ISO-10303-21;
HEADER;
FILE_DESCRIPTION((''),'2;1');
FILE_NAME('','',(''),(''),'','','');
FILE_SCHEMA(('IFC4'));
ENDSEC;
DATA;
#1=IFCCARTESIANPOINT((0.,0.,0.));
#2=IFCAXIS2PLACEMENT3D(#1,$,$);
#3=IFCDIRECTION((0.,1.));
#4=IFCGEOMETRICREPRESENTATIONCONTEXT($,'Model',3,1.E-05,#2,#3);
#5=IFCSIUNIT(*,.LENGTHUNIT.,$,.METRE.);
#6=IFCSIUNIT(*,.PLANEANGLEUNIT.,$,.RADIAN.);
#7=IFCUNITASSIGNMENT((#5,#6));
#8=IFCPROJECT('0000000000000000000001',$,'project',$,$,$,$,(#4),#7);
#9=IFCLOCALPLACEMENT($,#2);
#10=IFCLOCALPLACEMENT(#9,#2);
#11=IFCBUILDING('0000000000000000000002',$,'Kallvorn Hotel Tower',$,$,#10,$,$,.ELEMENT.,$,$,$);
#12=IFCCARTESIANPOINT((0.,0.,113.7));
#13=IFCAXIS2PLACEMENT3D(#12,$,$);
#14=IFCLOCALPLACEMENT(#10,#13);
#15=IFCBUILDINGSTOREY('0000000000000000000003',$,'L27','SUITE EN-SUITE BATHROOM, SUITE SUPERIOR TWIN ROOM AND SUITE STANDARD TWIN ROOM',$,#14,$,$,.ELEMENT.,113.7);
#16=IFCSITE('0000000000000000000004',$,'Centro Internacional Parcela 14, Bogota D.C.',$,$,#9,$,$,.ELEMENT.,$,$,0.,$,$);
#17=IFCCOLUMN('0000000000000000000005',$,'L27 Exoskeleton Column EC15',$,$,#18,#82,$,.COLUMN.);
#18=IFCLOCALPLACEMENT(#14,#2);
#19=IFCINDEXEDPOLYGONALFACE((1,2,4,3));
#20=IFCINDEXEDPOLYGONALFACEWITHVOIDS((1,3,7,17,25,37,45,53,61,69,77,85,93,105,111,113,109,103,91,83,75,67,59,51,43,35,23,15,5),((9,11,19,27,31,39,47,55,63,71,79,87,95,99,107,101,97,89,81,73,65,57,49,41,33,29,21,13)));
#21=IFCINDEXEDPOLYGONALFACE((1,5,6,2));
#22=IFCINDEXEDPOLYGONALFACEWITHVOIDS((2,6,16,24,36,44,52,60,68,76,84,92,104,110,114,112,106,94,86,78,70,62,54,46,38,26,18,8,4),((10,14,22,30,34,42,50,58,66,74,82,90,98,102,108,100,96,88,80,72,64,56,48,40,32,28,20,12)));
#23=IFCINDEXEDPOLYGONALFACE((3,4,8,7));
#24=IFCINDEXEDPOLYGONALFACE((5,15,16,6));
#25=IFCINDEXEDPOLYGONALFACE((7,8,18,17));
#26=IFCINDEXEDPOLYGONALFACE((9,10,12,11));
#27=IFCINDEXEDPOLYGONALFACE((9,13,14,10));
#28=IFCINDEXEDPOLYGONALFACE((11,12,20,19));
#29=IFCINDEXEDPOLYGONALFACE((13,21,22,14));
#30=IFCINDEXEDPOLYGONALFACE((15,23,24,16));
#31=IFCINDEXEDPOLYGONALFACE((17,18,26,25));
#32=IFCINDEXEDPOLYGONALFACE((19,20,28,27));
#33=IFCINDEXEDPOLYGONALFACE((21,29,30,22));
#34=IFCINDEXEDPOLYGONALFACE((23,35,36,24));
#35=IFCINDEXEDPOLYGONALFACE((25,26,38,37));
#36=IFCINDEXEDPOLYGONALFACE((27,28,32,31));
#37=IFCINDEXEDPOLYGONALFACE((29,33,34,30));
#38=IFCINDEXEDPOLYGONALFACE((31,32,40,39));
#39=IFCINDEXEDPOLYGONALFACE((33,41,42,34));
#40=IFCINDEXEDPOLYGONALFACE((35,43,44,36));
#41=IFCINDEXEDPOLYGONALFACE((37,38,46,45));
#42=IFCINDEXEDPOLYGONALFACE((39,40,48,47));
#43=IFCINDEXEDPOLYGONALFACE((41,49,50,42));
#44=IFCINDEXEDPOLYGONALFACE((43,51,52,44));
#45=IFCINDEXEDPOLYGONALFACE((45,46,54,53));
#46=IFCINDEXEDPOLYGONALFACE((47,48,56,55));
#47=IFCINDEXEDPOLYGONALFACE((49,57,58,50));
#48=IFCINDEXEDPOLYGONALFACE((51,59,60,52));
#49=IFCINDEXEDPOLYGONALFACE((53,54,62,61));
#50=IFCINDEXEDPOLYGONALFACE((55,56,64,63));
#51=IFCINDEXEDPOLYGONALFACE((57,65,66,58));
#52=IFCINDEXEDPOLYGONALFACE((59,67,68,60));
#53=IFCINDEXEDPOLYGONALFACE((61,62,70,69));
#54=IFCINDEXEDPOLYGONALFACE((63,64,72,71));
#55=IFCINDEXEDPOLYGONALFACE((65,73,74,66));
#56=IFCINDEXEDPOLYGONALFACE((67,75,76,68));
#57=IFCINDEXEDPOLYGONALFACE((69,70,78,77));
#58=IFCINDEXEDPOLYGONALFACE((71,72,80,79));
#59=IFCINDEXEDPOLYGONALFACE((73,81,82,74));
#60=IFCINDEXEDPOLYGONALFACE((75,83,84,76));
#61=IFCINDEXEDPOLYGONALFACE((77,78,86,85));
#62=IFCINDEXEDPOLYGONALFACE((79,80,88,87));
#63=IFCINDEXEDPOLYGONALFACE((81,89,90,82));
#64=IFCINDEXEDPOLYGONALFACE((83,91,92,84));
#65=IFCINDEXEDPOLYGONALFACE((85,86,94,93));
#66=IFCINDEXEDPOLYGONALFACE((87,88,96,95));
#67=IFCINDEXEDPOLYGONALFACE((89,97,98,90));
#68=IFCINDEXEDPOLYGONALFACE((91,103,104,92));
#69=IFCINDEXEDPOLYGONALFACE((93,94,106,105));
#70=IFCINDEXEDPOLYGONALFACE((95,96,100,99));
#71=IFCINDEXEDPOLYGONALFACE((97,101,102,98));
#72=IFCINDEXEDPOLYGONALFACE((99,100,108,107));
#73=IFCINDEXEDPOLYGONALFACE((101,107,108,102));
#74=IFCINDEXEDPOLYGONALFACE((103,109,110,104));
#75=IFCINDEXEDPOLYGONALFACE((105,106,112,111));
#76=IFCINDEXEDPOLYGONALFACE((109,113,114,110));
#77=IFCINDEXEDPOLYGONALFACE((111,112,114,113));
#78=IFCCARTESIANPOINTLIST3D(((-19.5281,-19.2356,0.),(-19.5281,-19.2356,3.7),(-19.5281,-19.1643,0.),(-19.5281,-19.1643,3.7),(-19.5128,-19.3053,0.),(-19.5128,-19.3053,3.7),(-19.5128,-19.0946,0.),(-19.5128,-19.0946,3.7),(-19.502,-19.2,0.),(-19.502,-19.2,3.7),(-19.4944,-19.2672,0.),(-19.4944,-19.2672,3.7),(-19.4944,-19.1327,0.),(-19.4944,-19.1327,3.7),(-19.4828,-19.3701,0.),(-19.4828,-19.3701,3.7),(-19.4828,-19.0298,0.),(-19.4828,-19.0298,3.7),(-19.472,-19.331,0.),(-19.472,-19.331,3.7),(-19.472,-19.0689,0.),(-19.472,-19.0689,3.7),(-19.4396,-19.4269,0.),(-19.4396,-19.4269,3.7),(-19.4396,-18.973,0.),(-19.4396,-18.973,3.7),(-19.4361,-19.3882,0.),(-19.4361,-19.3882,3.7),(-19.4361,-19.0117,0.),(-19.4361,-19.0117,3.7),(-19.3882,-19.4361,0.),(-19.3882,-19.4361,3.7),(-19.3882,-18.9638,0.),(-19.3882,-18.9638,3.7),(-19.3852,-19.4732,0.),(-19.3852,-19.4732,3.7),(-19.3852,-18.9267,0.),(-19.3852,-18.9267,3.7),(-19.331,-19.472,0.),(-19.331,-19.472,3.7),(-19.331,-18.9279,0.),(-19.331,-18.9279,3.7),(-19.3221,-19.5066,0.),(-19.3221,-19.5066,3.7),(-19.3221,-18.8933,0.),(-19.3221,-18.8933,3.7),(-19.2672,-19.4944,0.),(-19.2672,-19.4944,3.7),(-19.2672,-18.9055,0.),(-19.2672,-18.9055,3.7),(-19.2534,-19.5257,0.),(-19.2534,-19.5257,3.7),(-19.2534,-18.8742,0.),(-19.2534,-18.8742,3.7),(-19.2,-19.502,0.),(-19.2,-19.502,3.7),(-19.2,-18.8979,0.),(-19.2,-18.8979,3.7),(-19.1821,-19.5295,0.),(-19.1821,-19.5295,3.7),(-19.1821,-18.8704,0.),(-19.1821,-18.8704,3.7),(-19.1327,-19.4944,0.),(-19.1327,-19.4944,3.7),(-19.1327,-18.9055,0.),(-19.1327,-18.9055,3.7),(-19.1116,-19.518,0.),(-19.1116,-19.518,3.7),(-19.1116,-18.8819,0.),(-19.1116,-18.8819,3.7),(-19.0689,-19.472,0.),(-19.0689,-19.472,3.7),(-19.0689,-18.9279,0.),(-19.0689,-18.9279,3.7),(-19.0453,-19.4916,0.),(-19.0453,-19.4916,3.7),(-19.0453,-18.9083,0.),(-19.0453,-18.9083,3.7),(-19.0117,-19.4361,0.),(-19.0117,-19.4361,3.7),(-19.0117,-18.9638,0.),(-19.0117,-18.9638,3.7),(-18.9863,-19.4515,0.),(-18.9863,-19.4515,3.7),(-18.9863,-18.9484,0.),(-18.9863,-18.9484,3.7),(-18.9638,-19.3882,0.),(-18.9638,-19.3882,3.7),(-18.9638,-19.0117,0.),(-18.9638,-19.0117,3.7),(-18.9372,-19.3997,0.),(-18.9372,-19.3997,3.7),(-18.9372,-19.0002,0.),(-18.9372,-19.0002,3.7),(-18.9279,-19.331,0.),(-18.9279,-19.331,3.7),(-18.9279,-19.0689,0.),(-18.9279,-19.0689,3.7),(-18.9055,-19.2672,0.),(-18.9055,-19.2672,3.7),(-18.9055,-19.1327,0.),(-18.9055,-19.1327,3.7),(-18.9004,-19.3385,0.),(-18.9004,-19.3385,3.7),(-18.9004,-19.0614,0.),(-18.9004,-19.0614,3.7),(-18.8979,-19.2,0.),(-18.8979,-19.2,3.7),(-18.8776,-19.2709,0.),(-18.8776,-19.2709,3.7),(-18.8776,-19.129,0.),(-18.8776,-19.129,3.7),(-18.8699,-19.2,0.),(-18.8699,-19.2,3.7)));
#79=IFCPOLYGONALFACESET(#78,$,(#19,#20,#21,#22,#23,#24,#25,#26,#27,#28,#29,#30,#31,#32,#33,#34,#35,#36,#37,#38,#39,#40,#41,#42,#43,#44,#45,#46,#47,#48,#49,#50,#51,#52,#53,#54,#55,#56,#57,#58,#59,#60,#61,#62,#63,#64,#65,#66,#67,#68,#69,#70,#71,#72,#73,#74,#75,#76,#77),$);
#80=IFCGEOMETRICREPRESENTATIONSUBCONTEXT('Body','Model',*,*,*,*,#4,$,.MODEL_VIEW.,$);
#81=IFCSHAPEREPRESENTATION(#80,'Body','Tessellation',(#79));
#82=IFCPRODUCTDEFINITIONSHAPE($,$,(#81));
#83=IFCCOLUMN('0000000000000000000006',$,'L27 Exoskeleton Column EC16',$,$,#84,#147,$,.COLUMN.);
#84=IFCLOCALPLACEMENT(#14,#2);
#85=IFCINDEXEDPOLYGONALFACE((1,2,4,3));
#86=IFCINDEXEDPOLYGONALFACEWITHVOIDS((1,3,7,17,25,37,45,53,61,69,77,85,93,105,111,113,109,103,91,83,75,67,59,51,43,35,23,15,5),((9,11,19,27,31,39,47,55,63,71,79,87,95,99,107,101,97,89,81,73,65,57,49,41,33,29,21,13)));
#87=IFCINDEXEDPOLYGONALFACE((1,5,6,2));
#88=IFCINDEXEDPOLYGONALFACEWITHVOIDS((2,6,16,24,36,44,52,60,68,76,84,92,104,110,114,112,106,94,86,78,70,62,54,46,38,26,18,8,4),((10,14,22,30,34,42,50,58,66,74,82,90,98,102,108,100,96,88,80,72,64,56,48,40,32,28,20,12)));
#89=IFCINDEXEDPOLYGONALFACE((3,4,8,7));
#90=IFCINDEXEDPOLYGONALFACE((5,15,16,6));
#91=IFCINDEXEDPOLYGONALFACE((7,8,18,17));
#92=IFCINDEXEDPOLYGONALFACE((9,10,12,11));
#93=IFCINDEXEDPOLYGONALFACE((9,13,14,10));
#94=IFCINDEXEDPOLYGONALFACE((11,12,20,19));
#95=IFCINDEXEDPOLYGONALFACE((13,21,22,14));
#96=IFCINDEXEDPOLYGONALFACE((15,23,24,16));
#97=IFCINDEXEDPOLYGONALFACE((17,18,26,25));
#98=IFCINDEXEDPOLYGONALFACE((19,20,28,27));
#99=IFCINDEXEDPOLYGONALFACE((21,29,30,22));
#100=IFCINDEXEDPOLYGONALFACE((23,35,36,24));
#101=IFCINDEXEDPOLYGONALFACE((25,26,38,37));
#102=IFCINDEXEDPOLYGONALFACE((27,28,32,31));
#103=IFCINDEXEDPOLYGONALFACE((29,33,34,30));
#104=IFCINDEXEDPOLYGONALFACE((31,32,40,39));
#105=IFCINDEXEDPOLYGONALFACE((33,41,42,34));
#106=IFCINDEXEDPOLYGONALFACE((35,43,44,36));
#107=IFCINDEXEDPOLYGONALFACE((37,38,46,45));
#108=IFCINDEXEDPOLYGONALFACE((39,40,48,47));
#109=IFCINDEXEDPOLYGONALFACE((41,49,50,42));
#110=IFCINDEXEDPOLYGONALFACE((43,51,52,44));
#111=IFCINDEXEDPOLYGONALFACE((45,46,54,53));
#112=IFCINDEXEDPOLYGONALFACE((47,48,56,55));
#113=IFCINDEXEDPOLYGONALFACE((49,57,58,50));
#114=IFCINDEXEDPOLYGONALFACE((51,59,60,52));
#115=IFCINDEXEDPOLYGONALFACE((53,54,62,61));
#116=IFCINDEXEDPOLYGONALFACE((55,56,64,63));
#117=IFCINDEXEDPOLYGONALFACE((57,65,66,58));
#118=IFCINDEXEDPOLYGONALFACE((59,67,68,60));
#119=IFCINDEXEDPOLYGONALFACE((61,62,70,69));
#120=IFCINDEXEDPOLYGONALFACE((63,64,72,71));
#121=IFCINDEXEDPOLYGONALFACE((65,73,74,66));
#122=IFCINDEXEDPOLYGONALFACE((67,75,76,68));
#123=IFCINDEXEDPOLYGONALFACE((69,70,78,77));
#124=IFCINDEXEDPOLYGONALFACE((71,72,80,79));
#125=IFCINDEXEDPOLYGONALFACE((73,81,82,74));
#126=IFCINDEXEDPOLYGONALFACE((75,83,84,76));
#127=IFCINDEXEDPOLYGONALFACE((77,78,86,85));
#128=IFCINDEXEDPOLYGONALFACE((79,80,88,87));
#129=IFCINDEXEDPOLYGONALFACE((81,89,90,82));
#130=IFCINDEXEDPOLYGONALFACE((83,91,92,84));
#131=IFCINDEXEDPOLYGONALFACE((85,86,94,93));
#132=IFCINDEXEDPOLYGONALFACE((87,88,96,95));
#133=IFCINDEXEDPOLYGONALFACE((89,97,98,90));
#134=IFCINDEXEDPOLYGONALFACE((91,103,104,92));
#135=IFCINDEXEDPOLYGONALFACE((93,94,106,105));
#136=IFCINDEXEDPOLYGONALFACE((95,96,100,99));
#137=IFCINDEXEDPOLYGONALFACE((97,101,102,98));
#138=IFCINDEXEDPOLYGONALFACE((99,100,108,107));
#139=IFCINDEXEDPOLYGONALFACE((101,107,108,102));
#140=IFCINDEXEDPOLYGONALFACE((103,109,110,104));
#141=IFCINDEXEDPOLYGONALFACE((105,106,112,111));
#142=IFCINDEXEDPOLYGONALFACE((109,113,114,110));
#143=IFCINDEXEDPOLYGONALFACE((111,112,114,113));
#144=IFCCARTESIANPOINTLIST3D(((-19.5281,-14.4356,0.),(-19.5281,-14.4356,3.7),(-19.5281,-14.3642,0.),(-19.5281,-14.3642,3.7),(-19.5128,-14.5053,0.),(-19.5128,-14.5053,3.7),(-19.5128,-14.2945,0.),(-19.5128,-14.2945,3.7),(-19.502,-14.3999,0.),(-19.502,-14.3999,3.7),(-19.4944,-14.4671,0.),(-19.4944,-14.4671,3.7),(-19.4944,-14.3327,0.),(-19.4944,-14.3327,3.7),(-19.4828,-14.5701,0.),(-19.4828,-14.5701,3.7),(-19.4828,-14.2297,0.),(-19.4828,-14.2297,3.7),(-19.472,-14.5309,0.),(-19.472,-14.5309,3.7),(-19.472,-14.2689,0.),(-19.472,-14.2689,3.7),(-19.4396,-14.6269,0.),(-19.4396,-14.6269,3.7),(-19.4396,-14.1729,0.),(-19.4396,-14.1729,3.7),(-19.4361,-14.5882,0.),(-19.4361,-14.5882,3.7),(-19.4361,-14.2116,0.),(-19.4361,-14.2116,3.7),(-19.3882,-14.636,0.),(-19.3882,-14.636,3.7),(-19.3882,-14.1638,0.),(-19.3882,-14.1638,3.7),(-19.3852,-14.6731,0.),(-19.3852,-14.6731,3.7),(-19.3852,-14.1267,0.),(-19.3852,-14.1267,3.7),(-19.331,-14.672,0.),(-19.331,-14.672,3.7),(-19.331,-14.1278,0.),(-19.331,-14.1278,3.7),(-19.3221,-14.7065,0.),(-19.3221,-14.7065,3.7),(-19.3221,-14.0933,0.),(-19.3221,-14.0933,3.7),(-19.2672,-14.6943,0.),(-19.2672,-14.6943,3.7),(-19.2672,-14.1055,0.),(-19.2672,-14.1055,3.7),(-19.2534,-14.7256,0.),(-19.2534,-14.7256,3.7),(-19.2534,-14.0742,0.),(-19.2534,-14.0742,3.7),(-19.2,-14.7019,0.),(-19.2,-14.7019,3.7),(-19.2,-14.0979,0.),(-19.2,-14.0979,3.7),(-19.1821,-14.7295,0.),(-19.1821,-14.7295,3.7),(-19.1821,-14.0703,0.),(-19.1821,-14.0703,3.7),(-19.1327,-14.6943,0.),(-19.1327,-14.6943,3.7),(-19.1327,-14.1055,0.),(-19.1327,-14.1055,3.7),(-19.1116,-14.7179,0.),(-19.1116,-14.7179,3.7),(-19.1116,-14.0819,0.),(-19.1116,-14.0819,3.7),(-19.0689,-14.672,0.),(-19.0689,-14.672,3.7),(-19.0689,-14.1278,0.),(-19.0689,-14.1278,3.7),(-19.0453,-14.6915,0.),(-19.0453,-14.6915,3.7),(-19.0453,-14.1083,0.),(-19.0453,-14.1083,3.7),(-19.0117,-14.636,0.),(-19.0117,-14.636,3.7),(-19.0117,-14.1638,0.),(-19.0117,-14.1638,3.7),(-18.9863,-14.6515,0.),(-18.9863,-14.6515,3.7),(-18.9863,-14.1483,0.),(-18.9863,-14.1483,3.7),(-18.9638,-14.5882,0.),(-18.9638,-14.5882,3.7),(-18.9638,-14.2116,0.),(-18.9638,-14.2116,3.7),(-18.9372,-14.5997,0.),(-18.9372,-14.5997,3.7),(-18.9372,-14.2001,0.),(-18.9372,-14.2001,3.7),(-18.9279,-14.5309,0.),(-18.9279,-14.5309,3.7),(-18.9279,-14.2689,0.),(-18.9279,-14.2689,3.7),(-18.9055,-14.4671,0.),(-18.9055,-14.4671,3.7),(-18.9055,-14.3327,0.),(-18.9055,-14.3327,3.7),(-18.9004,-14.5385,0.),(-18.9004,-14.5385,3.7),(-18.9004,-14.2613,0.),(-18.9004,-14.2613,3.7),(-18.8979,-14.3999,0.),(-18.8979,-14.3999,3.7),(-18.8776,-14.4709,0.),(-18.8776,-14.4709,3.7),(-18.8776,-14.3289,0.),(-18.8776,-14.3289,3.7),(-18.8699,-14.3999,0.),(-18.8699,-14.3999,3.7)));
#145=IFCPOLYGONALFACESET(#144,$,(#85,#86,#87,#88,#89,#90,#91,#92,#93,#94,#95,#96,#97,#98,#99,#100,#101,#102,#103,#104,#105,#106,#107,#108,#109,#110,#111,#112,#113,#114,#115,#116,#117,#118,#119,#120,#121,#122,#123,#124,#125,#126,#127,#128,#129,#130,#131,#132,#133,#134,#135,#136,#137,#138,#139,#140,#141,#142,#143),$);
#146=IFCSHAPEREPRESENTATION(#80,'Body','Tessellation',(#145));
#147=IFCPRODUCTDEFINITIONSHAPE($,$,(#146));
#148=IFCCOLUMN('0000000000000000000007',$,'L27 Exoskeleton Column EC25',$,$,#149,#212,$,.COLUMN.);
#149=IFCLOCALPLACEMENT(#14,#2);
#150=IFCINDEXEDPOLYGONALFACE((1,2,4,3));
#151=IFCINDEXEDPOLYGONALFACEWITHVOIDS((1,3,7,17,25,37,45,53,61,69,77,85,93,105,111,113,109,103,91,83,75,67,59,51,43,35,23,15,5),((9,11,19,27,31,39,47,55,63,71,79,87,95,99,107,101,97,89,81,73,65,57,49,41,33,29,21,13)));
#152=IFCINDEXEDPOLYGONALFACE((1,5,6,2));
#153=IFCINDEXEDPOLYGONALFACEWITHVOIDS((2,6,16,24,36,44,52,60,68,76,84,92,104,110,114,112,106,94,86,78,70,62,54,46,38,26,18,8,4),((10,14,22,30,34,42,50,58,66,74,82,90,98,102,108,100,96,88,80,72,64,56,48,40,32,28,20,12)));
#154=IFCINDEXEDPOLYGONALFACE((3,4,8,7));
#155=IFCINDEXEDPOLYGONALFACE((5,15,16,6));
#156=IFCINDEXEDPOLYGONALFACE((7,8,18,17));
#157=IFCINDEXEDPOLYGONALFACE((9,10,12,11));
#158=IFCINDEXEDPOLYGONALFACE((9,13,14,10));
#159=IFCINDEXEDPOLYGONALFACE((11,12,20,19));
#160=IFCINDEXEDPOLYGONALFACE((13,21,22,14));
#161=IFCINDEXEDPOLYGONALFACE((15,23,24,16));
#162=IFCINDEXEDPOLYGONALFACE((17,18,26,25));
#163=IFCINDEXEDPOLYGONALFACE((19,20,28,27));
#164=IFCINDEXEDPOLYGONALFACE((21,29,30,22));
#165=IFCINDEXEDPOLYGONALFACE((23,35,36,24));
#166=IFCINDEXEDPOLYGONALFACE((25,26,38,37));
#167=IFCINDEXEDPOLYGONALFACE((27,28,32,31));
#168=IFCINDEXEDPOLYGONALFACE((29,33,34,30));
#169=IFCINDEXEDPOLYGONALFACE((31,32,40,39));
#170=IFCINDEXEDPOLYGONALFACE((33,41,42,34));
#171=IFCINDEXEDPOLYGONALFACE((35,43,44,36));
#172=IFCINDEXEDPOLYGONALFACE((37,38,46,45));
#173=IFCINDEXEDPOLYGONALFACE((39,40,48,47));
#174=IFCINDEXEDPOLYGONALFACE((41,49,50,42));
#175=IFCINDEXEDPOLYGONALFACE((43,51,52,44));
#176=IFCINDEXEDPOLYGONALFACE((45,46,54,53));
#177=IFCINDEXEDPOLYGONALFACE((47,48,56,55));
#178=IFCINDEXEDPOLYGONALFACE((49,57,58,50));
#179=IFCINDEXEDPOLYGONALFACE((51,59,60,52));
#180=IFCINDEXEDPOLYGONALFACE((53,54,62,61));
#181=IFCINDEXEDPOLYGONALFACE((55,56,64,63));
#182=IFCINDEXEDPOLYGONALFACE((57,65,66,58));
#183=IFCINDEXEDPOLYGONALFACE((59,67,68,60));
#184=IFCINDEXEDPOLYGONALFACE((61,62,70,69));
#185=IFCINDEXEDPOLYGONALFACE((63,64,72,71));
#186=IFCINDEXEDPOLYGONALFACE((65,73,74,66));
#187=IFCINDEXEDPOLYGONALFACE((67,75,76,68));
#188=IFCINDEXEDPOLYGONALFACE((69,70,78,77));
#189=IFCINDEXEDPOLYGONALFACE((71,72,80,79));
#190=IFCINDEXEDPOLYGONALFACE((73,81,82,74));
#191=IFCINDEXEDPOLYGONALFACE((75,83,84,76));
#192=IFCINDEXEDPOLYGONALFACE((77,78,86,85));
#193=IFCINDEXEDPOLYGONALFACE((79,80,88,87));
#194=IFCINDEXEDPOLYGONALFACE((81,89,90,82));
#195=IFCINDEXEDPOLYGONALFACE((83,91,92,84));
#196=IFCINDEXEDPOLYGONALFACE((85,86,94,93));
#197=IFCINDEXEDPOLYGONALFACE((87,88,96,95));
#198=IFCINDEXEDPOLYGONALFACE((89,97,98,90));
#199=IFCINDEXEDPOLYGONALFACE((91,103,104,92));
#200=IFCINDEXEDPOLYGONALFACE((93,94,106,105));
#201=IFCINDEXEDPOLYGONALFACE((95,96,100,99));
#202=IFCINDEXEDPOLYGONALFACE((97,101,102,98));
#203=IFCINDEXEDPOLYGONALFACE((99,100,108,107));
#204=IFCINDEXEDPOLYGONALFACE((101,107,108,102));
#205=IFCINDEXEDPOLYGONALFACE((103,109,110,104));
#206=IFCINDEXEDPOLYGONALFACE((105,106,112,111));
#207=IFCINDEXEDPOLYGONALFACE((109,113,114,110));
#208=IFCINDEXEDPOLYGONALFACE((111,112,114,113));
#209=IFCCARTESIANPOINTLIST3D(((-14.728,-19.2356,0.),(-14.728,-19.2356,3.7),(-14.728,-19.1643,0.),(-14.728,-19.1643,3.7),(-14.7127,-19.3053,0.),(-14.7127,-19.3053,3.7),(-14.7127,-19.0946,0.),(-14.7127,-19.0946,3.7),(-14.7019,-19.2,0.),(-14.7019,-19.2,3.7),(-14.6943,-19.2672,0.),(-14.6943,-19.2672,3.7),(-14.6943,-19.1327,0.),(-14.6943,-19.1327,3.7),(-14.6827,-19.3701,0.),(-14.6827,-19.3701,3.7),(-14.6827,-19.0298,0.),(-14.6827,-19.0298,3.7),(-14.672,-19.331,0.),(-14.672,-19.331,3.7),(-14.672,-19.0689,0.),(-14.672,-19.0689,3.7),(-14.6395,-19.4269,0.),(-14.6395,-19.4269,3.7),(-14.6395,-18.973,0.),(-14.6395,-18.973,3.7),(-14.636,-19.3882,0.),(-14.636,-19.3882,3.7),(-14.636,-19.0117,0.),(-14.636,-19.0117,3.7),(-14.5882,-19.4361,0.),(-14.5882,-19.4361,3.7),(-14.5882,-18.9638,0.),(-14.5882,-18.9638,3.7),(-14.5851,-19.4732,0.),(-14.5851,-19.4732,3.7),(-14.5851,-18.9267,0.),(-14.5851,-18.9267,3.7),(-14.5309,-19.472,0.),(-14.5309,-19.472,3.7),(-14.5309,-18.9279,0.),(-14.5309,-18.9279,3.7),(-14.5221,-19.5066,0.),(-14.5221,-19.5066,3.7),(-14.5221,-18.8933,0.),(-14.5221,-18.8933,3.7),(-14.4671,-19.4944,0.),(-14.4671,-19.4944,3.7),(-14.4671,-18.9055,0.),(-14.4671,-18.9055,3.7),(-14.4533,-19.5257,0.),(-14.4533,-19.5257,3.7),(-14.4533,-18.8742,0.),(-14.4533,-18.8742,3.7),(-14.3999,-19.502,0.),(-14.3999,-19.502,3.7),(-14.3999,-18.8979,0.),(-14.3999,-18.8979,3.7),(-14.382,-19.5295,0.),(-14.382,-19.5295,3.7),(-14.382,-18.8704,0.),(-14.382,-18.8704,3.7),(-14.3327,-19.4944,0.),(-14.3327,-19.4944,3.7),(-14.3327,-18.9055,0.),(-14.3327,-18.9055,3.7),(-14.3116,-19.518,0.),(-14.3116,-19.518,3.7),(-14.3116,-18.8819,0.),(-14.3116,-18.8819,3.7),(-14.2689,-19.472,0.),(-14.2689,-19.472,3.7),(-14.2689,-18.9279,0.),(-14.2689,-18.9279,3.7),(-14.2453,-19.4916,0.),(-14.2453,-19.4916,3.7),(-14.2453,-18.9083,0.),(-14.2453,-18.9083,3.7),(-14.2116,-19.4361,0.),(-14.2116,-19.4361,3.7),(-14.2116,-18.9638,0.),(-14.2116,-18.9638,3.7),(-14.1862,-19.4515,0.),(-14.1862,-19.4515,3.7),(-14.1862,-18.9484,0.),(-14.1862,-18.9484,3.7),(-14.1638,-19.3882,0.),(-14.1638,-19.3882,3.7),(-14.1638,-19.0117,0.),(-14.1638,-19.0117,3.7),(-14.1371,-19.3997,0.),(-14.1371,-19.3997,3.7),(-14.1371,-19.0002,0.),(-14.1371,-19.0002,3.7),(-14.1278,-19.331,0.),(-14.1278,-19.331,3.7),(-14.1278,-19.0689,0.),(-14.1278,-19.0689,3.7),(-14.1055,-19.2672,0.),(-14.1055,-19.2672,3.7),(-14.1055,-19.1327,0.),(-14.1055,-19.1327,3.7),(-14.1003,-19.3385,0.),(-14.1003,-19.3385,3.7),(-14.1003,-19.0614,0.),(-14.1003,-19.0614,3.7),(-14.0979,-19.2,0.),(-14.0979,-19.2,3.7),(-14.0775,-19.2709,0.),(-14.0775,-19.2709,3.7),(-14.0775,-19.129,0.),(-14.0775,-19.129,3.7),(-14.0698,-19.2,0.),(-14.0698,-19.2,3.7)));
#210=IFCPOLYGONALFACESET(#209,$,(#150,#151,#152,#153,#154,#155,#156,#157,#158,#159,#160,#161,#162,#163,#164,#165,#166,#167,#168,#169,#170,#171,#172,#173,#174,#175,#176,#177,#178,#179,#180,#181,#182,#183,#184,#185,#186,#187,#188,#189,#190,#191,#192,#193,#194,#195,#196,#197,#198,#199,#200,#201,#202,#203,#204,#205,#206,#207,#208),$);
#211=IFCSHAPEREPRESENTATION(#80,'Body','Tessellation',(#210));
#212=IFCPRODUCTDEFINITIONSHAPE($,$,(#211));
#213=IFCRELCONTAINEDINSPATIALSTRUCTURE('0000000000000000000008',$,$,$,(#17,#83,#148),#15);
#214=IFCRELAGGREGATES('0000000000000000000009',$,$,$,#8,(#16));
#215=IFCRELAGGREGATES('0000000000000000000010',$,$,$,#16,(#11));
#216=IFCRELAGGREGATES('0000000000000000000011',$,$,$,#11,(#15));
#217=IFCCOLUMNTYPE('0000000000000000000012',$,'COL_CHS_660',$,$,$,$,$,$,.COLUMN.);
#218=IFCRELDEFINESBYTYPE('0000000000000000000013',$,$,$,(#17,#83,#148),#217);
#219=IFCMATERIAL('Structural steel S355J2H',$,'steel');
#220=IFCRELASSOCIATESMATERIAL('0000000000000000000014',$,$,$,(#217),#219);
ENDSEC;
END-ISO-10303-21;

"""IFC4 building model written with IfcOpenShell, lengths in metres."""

from ifc_helpers import new_model, si_unit, direction, frame, origin, origin_2d, place, context, subcontext, project, spatial, hollow_circle, extrude, material, material_profile, profile_set, type_object, element, save


model = new_model("IFC4")

# Units and contexts
model_context = context("Model", 3, precision=1e-05, world=origin(), true_north=direction((0.0, 1.0)))
body_context = subcontext(model_context, "Body", "Model", "MODEL_VIEW")
ifc_project = project(units=[si_unit("LENGTHUNIT", "METRE"), si_unit("PLANEANGLEUNIT", "RADIAN")], contexts=[model_context])

# Site, building, storey
site_placement = place(None, origin())
site = spatial("IfcSite", under=ifc_project, at=site_placement, Name="Centro Internacional Parcela 14, Bogota D.C.", CompositionType="ELEMENT", RefElevation=0.0)
building_placement = place(site_placement, origin())
building = spatial("IfcBuilding", under=site, at=building_placement, Name="Kallvorn Hotel Tower", CompositionType="ELEMENT")
storey_placement = place(building_placement, frame((0.0, 0.0, 113.7)))
storey = spatial("IfcBuildingStorey", under=building, at=storey_placement, Name="L27", Description="SUITE EN-SUITE BATHROOM, SUITE SUPERIOR TWIN ROOM AND SUITE STANDARD TWIN ROOM", CompositionType="ELEMENT", Elevation=113.7)

# Columns
ifc_material_1 = material(Name="Structural steel S355J2H", Category="steel")
ifc_material_profile_1 = material_profile(ifc_material_1, hollow_circle(Radius=0.3301, WallThickness=0.0281, at=origin_2d()), Name="CHS 660x28")
ifc_profile_set_1 = profile_set([ifc_material_profile_1], Name="Structural steel S355J2H")
column_type_1 = type_object("IfcColumnType", Name="COL_CHS_660", PredefinedType="COLUMN", material=ifc_profile_set_1)
for number, where, z_axis, x_axis, name in (
    (1, (-19.2, -19.2, 0.0), (0.0, 0.0, 1.0), (1.0, 0.0, 0.0), "L27 Exoskeleton Column EC15"),
    (2, (-19.2, -14.3999, 0.0), (0.0, 0.0, 1.0), (1.0, 0.0, 0.0), "L27 Exoskeleton Column EC16"),
    (3, (-14.3999, -19.2, 0.0), (0.0, 0.0, 1.0), (1.0, 0.0, 0.0), "L27 Exoskeleton Column EC25"),
):
    element("IfcColumn", number, at=place(storey_placement, frame(where, z_axis=z_axis, x_axis=x_axis)), inside=storey, type_object=column_type_1, Name=name, PredefinedType="COLUMN", context=body_context, shape_type="SweptSolid", body=[
        extrude(hollow_circle(Radius=0.3301, WallThickness=0.0281, at=origin_2d()), origin(), (0.0, 0.0, 1.0), 3.7),
    ])

save(model, "model.ifc")
